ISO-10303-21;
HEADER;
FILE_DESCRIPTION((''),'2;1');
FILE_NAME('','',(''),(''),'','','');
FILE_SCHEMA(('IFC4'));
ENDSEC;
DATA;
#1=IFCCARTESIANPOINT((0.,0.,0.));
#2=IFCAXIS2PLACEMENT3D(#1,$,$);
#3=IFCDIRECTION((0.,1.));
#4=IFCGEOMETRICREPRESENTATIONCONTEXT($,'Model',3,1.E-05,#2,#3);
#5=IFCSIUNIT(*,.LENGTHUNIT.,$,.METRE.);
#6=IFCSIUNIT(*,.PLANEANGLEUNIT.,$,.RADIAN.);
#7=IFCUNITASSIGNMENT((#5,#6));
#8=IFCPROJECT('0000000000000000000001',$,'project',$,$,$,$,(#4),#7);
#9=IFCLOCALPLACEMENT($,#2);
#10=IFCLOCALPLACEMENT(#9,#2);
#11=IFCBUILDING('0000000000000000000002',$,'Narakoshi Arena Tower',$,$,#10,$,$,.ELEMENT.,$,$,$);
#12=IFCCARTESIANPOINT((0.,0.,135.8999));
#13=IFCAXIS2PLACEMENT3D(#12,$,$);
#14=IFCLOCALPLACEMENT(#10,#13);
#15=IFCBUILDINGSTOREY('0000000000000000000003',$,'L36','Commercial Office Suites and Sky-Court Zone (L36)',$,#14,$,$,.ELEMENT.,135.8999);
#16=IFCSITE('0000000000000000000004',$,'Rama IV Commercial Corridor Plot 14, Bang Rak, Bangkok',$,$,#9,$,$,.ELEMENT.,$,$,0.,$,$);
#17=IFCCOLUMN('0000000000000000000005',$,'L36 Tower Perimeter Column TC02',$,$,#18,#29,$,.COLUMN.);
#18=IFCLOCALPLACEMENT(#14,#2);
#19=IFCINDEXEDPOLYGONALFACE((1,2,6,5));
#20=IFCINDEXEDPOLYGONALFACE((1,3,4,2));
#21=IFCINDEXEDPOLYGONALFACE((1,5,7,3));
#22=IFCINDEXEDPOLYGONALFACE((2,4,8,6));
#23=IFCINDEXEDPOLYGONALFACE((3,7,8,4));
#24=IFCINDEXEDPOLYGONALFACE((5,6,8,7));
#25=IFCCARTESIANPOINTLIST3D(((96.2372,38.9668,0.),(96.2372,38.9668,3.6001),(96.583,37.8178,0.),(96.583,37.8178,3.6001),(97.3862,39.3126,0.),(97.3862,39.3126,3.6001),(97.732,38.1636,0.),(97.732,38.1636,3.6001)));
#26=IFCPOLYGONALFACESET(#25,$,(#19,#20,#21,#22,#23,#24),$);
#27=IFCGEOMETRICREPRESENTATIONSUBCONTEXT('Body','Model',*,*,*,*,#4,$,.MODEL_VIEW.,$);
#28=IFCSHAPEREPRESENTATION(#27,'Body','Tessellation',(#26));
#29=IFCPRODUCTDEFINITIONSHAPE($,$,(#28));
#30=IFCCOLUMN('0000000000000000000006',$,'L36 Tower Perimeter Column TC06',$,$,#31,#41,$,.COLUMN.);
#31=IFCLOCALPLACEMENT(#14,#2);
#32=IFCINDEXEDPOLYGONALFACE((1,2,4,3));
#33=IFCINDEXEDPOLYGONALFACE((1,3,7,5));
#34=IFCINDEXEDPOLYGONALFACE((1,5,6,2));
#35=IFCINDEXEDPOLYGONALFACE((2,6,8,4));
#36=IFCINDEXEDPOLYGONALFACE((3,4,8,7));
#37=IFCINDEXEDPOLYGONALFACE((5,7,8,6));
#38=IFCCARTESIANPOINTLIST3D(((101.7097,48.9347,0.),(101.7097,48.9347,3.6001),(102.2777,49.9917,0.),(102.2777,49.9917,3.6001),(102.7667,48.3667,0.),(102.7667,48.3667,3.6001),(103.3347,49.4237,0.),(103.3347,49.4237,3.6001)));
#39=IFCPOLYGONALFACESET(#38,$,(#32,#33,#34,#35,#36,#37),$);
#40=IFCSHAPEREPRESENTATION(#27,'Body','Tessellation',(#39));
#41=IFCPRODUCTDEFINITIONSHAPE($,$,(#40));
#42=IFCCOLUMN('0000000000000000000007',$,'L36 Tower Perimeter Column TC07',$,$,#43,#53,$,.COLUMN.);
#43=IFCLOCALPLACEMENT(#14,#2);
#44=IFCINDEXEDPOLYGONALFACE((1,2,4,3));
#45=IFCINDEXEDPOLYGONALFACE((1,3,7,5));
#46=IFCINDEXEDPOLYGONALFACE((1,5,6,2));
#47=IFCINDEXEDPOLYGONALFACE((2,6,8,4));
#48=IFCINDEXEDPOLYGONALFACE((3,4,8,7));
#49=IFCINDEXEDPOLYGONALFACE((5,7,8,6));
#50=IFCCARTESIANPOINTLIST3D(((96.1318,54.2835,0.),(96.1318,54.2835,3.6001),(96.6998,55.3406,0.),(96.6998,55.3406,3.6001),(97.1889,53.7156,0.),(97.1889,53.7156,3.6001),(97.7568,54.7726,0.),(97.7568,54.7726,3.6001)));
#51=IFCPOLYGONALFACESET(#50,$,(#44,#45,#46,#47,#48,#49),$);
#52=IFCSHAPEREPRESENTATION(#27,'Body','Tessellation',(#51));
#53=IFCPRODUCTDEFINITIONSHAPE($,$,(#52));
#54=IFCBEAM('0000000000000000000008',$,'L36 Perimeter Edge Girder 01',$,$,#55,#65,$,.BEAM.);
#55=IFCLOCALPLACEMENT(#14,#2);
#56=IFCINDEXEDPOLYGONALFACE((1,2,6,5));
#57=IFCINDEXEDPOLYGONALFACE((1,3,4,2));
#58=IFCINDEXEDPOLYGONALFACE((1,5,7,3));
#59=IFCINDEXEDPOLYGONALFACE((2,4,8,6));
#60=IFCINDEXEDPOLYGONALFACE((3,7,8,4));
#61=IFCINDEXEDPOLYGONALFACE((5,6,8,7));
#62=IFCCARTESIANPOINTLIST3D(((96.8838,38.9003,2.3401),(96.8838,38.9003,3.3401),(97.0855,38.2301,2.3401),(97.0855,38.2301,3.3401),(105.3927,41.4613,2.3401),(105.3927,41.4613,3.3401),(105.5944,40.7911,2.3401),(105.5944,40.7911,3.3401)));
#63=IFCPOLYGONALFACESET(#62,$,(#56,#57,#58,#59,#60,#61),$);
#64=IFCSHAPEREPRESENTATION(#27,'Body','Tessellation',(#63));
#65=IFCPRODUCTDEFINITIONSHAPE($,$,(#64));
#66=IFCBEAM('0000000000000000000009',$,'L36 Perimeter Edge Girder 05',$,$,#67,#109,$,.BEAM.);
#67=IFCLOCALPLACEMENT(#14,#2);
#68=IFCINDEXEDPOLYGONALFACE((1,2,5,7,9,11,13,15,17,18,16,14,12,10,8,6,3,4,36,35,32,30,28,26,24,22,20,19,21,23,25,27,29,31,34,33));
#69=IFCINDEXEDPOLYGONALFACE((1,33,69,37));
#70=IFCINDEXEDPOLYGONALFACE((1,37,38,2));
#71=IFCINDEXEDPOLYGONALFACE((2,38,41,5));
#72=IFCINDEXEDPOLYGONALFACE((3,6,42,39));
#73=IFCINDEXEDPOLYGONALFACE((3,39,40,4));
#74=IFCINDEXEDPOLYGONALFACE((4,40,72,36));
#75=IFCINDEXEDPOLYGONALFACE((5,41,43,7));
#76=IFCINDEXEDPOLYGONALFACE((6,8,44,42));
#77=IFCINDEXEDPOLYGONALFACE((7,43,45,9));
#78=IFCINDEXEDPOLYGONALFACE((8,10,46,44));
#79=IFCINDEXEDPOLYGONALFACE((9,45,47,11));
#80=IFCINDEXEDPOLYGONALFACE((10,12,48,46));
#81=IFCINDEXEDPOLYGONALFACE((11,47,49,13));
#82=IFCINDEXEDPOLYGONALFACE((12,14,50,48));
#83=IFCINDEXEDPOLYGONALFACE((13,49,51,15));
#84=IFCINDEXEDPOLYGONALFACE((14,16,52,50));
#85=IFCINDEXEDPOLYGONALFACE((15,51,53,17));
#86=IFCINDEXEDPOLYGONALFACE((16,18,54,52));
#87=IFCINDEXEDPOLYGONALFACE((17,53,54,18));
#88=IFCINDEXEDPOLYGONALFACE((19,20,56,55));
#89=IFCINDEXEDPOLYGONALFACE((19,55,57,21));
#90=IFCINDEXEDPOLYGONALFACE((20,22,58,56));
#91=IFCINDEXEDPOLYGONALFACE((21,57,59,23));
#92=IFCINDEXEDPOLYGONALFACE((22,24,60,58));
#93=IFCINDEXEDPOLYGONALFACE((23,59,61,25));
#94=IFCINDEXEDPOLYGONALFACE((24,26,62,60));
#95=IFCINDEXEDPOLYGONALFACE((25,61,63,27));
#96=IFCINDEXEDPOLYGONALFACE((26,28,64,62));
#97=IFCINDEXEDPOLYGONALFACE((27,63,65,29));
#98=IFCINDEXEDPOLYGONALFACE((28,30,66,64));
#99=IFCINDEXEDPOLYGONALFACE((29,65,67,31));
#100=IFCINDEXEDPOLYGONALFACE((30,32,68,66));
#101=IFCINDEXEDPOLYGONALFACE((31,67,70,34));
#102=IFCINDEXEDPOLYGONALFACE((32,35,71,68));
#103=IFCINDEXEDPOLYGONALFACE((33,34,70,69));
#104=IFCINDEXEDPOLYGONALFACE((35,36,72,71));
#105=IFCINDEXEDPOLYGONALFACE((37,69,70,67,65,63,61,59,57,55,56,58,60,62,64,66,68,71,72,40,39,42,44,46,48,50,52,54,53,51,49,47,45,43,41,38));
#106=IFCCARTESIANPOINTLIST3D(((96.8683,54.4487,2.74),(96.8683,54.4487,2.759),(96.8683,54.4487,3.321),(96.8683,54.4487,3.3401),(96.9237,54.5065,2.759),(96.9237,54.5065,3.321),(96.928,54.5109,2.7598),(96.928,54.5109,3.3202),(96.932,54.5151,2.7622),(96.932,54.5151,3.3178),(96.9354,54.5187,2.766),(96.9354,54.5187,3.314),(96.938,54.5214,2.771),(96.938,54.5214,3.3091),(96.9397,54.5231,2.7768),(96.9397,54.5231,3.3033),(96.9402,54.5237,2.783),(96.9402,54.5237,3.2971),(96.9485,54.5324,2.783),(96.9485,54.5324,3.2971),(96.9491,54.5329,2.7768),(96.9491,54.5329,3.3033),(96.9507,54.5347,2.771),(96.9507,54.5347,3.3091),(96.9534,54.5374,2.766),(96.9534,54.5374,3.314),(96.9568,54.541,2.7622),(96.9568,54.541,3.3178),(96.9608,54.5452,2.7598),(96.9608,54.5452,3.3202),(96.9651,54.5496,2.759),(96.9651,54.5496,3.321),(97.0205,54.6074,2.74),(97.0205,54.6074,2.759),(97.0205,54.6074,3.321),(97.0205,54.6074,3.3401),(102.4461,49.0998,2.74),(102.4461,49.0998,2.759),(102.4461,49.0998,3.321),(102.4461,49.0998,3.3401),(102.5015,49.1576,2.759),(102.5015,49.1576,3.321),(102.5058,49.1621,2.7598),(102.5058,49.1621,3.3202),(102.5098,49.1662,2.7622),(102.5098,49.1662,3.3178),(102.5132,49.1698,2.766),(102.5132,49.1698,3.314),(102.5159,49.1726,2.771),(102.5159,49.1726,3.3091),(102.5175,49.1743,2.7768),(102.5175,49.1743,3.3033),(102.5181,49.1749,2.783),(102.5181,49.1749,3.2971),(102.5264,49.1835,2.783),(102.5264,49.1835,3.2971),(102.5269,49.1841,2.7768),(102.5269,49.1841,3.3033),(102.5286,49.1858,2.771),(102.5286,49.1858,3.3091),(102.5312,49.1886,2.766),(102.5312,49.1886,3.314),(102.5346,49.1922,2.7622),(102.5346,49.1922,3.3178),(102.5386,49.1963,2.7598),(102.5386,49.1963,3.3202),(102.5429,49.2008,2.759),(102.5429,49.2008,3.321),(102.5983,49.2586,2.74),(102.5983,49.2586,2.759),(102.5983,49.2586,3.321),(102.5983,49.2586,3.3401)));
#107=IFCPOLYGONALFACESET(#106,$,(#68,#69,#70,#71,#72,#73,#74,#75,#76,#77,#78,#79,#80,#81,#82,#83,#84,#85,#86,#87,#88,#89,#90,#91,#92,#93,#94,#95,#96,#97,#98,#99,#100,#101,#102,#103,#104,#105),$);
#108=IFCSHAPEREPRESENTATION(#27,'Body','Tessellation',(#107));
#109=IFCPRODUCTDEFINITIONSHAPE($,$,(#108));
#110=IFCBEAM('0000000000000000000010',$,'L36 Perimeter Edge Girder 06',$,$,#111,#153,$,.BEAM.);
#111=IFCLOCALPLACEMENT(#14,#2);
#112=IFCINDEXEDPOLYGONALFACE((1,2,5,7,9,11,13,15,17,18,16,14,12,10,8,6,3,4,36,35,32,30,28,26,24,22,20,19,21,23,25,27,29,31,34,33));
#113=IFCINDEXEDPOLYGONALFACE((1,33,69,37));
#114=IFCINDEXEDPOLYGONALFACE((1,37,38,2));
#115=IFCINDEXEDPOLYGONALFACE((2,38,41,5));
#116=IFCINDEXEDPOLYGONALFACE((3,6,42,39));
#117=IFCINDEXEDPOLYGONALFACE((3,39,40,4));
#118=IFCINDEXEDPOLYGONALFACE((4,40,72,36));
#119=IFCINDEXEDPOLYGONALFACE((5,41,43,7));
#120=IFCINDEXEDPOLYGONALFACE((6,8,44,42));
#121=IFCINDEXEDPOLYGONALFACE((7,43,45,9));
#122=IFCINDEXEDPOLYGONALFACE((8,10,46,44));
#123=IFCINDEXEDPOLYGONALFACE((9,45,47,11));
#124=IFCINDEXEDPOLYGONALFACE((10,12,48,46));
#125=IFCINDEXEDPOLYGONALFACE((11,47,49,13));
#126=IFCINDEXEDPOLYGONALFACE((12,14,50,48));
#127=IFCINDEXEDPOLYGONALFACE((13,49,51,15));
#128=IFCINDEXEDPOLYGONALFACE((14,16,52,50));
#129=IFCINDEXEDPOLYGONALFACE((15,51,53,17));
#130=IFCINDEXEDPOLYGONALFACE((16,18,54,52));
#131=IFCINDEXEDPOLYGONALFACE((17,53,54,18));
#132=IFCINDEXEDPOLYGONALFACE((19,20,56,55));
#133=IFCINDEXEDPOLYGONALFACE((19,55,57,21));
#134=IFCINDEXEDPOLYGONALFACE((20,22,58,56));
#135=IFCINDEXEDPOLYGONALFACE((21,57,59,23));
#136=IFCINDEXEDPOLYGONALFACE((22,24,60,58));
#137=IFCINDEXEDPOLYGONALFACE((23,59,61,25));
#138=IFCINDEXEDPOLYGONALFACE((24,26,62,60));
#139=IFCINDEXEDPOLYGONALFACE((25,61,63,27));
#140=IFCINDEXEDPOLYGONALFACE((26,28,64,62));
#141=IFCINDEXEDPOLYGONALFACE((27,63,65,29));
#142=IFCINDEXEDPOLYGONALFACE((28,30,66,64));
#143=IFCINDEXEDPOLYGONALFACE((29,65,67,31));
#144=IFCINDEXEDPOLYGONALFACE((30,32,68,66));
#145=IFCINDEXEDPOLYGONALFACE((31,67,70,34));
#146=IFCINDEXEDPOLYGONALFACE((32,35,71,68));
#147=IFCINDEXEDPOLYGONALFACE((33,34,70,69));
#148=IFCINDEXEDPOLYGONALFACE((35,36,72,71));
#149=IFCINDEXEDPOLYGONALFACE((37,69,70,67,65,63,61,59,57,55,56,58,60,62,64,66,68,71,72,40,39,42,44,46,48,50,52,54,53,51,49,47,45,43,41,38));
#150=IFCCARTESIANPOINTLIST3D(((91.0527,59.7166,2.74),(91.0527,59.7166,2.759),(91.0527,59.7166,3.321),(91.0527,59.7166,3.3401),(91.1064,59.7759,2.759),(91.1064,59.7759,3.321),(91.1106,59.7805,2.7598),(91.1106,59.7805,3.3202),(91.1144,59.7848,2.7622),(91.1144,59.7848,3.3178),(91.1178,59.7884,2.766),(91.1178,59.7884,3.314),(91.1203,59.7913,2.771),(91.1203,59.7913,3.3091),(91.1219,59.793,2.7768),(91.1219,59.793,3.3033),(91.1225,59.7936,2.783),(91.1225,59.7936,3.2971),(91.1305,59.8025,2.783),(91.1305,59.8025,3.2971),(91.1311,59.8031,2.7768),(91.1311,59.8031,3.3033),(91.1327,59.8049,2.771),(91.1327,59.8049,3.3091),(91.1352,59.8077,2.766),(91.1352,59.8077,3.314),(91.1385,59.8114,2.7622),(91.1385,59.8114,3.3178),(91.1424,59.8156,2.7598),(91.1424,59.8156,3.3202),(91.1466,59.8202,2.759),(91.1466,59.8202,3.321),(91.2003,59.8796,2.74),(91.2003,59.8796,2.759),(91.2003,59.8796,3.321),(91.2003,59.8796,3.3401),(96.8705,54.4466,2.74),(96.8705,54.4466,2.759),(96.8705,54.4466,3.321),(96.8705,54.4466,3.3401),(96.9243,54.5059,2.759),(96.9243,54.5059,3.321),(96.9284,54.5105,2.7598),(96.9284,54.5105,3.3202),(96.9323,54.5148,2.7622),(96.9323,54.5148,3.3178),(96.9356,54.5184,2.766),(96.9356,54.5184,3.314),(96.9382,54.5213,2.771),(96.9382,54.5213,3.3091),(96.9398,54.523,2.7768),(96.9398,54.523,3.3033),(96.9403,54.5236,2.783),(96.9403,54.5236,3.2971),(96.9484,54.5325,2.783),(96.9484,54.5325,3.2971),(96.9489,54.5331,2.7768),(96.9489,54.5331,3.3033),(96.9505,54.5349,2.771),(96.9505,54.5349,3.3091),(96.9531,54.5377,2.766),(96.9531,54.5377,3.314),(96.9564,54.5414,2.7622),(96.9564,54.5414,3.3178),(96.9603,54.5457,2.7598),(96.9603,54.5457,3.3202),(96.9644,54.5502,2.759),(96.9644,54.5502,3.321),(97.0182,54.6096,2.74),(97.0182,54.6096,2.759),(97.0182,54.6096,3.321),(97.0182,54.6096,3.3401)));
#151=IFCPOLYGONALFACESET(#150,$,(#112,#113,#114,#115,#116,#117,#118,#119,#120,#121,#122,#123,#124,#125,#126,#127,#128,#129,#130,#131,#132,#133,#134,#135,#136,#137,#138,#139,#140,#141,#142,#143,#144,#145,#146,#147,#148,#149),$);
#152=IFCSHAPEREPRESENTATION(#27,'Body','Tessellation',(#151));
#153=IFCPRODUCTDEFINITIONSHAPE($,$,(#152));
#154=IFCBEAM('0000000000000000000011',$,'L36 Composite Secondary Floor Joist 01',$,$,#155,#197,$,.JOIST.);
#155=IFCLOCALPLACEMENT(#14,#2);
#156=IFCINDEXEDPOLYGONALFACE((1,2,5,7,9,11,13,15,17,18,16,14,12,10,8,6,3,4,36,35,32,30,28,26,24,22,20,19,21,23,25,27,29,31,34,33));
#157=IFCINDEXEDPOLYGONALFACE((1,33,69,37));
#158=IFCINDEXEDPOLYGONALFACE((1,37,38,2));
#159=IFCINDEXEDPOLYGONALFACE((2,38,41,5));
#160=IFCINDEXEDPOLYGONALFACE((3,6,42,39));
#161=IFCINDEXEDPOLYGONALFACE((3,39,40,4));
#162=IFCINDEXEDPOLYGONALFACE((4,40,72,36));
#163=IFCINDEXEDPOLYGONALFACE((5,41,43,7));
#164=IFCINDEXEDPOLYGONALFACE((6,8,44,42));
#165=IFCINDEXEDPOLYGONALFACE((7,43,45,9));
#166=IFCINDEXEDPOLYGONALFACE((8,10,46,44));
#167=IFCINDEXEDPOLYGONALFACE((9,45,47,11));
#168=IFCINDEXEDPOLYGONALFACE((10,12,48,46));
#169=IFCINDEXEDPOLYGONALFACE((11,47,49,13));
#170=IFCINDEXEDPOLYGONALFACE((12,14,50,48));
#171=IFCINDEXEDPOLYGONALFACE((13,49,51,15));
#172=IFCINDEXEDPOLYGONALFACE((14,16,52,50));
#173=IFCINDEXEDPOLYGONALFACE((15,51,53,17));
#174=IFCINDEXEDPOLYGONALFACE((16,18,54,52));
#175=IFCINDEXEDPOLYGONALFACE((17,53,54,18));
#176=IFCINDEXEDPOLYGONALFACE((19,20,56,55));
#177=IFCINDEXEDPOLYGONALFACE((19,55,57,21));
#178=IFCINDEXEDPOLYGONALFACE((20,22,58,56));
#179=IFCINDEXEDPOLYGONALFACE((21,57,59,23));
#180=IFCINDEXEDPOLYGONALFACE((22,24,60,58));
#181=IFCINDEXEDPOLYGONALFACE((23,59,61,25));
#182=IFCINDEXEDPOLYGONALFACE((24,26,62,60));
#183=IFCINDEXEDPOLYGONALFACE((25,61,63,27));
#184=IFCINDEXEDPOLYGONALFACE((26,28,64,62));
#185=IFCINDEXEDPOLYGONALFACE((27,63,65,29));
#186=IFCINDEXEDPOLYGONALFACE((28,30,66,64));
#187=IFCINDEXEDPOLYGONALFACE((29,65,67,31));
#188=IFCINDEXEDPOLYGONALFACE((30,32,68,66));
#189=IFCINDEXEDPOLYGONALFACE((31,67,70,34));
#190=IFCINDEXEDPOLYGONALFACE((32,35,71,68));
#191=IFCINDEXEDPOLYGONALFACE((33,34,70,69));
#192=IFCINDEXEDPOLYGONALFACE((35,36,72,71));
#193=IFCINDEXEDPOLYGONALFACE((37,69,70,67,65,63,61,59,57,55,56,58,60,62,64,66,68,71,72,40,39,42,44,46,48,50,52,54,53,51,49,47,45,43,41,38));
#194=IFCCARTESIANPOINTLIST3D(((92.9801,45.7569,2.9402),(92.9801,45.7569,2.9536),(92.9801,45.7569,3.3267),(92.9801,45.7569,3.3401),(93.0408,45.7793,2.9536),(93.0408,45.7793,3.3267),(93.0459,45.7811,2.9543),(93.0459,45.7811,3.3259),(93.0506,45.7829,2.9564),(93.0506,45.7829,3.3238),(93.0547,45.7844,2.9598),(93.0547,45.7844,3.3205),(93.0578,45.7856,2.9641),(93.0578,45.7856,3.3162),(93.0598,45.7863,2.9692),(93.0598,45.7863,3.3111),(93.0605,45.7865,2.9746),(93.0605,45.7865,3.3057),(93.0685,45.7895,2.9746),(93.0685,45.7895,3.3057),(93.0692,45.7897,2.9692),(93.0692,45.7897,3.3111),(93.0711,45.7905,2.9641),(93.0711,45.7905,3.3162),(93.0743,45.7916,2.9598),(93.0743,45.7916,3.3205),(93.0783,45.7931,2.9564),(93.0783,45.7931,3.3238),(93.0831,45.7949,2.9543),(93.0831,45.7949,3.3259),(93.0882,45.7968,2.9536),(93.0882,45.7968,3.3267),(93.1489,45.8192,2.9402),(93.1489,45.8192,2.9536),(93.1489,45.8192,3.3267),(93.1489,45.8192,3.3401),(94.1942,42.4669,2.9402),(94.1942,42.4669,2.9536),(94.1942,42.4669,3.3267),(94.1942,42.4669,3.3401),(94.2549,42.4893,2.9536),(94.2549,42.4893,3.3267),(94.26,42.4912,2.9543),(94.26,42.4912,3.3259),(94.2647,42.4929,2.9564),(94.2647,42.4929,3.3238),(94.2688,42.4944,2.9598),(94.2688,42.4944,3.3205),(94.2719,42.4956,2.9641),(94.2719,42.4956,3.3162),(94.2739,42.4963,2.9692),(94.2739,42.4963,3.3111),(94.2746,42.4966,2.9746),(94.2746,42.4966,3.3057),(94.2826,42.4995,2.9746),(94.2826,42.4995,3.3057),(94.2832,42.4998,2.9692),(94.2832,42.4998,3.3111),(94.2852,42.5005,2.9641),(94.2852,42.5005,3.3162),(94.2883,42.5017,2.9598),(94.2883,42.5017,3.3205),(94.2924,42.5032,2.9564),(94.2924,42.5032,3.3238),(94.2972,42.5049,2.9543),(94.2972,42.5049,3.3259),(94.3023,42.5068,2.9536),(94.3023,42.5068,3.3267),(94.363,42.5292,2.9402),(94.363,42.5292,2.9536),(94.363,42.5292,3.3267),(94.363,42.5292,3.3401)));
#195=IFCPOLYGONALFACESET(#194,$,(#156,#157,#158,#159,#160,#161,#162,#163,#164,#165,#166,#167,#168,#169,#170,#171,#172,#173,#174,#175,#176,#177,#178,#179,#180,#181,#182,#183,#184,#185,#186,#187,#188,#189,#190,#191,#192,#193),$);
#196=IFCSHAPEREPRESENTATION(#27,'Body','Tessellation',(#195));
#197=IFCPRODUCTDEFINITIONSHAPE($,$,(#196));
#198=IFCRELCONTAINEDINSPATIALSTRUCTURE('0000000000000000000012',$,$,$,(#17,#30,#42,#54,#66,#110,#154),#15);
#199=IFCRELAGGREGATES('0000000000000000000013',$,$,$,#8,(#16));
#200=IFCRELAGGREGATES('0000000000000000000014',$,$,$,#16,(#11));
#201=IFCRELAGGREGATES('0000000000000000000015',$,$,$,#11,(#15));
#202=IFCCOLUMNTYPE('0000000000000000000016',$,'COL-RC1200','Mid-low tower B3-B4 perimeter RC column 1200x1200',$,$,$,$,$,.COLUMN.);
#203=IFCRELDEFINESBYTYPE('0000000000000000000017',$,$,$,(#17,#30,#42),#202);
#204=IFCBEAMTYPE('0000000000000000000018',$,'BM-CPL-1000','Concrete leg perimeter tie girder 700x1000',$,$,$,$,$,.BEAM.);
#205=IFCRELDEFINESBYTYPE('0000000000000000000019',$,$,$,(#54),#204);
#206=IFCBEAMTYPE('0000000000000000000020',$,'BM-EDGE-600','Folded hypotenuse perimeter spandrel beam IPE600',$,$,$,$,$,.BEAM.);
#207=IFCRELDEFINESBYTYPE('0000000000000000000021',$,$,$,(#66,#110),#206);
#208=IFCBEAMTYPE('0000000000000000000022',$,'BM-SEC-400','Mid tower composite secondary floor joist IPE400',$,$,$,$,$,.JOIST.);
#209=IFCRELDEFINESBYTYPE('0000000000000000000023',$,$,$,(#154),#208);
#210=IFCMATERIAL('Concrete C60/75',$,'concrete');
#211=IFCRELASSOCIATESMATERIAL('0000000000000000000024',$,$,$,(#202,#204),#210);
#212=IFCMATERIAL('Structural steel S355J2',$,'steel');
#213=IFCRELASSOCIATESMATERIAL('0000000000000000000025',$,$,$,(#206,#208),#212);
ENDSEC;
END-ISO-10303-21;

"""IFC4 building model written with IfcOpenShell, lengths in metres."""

from ifc_helpers import new_model, si_unit, direction, frame, origin, origin_2d, place, context, subcontext, project, spatial, rectangle, i_section, extrude, material, material_profile, profile_set, type_object, element, save


model = new_model("IFC4")

# Units and contexts
model_context = context("Model", 3, precision=1e-05, world=origin(), true_north=direction((0.0, 1.0)))
body_context = subcontext(model_context, "Body", "Model", "MODEL_VIEW")
ifc_project = project(units=[si_unit("LENGTHUNIT", "METRE"), si_unit("PLANEANGLEUNIT", "RADIAN")], contexts=[model_context])

# Site, building, storey
site_placement = place(None, origin())
site = spatial("IfcSite", under=ifc_project, at=site_placement, Name="Rama IV Commercial Corridor Plot 14, Bang Rak, Bangkok", CompositionType="ELEMENT", RefElevation=0.0)
building_placement = place(site_placement, origin())
building = spatial("IfcBuilding", under=site, at=building_placement, Name="Narakoshi Arena Tower", CompositionType="ELEMENT")
storey_placement = place(building_placement, frame((0.0, 0.0, 135.8999)))
storey = spatial("IfcBuildingStorey", under=building, at=storey_placement, Name="L36", Description="Commercial Office Suites and Sky-Court Zone (L36)", CompositionType="ELEMENT", Elevation=135.8999)

# Columns
ifc_material_1 = material(Name="Concrete C60/75", Category="concrete")
ifc_material_profile_1 = material_profile(ifc_material_1, rectangle(XDim=1.2, YDim=1.2, at=origin_2d()), Name="RC1200x1200")
ifc_profile_set_1 = profile_set([ifc_material_profile_1], Name="Concrete C60/75")
column_type = type_object("IfcColumnType", Name="COL-RC1200", Description="Mid-low tower B3-B4 perimeter RC column 1200x1200", PredefinedType="COLUMN", material=ifc_profile_set_1)
for number, where, z_axis, x_axis, name in (
    (1, (96.9846, 38.5652, 0.0), (0.0, 0.0, 1.0), (0.957571, 0.288196, 0.0), "L36 Tower Perimeter Column TC02"),
    (2, (102.5222, 49.1792, 0.0), (0.0, 0.0, 1.0), (0.47332, 0.880891, 0.0), "L36 Tower Perimeter Column TC06"),
    (3, (96.9443, 54.5281, 0.0), (0.0, 0.0, 1.0), (0.47332, 0.880891, 0.0), "L36 Tower Perimeter Column TC07"),
):
    element("IfcColumn", number, at=place(storey_placement, frame(where, z_axis=z_axis, x_axis=x_axis)), inside=storey, type_object=column_type, Name=name, PredefinedType="COLUMN", context=body_context, shape_type="SweptSolid", body=[
        extrude(rectangle(XDim=1.2, YDim=1.2, at=origin_2d()), origin(), (0.0, 0.0, 1.0), 3.6001),
    ])

# Beams
ifc_material_profile_2 = material_profile(ifc_material_1, rectangle(XDim=0.7, YDim=1.0, at=origin_2d()), Name="RCB700x1000")
ifc_profile_set_2 = profile_set([ifc_material_profile_2], Name="Concrete C60/75")
beam_type_1 = type_object("IfcBeamType", Name="BM-CPL-1000", Description="Concrete leg perimeter tie girder 700x1000", PredefinedType="BEAM", material=ifc_profile_set_2)
beam_1_placement = place(storey_placement, frame((96.9846, 38.5652, 2.8401), z_axis=(0.957568, 0.288207, 0.0), x_axis=(-0.288207, 0.957568, 0.0)))
element("IfcBeam", 4, at=beam_1_placement, inside=storey, type_object=beam_type_1, Name="L36 Perimeter Edge Girder 01", PredefinedType="BEAM", context=body_context, shape_type="SweptSolid", body=[
    extrude(rectangle(XDim=0.7, YDim=1.0, at=origin_2d()), origin(), (0.0, 0.0, 1.0), 8.886),
])
ifc_material_2 = material(Name="Structural steel S355J2", Category="steel")
ifc_material_profile_3 = material_profile(ifc_material_2, i_section(OverallWidth=0.22, OverallDepth=0.6001, WebThickness=0.012, FlangeThickness=0.019, FilletRadius=0.0239, at=origin_2d()), Name="IPE600")
ifc_profile_set_3 = profile_set([ifc_material_profile_3], Name="Structural steel S355J2")
beam_type_2 = type_object("IfcBeamType", Name="BM-EDGE-600", Description="Folded hypotenuse perimeter spandrel beam IPE600", PredefinedType="BEAM", material=ifc_profile_set_3)
beam_2_placement = place(storey_placement, frame((102.5222, 49.1792, 3.04), z_axis=(-0.721768, 0.692135, 0.0), x_axis=(-0.692135, -0.721768, 0.0)))
element("IfcBeam", 5, at=beam_2_placement, inside=storey, type_object=beam_type_2, Name="L36 Perimeter Edge Girder 05", PredefinedType="BEAM", context=body_context, shape_type="SweptSolid", body=[
    extrude(i_section(OverallWidth=0.22, OverallDepth=0.6001, WebThickness=0.012, FlangeThickness=0.019, FilletRadius=0.0239, at=origin_2d()), origin(), (0.0, 0.0, 1.0), 7.728),
])
beam_3_placement = place(storey_placement, frame((96.9443, 54.5281, 3.04), z_axis=(-0.741141, 0.67135, 0.0), x_axis=(-0.67135, -0.741141, 0.0)))
element("IfcBeam", 6, at=beam_3_placement, inside=storey, type_object=beam_type_2, Name="L36 Perimeter Edge Girder 06", PredefinedType="BEAM", context=body_context, shape_type="SweptSolid", body=[
    extrude(i_section(OverallWidth=0.22, OverallDepth=0.6001, WebThickness=0.012, FlangeThickness=0.019, FilletRadius=0.0239, at=origin_2d()), origin(), (0.0, 0.0, 1.0), 7.8499),
])
ifc_material_profile_4 = material_profile(ifc_material_2, i_section(OverallWidth=0.1799, OverallDepth=0.3999, WebThickness=0.0085, FlangeThickness=0.0134, FilletRadius=0.021, at=origin_2d()), Name="IPE400")
ifc_profile_set_4 = profile_set([ifc_material_profile_4], Name="Structural steel S355J2")
beam_type_3 = type_object("IfcBeamType", Name="BM-SEC-400", Description="Mid tower composite secondary floor joist IPE400", PredefinedType="JOIST", material=ifc_profile_set_4)
beam_4_placement = place(storey_placement, frame((94.2786, 42.498, 3.1401), z_axis=(-0.346205, 0.938159, 0.0), x_axis=(-0.938159, -0.346205, 0.0)))
element("IfcBeam", 7, at=beam_4_placement, inside=storey, type_object=beam_type_3, Name="L36 Composite Secondary Floor Joist 01", PredefinedType="JOIST", context=body_context, shape_type="SweptSolid", body=[
    extrude(i_section(OverallWidth=0.1799, OverallDepth=0.3999, WebThickness=0.0085, FlangeThickness=0.0134, FilletRadius=0.021, at=origin_2d()), origin(), (0.0, 0.0, 1.0), 3.5068),
])

save(model, "model.ifc")
